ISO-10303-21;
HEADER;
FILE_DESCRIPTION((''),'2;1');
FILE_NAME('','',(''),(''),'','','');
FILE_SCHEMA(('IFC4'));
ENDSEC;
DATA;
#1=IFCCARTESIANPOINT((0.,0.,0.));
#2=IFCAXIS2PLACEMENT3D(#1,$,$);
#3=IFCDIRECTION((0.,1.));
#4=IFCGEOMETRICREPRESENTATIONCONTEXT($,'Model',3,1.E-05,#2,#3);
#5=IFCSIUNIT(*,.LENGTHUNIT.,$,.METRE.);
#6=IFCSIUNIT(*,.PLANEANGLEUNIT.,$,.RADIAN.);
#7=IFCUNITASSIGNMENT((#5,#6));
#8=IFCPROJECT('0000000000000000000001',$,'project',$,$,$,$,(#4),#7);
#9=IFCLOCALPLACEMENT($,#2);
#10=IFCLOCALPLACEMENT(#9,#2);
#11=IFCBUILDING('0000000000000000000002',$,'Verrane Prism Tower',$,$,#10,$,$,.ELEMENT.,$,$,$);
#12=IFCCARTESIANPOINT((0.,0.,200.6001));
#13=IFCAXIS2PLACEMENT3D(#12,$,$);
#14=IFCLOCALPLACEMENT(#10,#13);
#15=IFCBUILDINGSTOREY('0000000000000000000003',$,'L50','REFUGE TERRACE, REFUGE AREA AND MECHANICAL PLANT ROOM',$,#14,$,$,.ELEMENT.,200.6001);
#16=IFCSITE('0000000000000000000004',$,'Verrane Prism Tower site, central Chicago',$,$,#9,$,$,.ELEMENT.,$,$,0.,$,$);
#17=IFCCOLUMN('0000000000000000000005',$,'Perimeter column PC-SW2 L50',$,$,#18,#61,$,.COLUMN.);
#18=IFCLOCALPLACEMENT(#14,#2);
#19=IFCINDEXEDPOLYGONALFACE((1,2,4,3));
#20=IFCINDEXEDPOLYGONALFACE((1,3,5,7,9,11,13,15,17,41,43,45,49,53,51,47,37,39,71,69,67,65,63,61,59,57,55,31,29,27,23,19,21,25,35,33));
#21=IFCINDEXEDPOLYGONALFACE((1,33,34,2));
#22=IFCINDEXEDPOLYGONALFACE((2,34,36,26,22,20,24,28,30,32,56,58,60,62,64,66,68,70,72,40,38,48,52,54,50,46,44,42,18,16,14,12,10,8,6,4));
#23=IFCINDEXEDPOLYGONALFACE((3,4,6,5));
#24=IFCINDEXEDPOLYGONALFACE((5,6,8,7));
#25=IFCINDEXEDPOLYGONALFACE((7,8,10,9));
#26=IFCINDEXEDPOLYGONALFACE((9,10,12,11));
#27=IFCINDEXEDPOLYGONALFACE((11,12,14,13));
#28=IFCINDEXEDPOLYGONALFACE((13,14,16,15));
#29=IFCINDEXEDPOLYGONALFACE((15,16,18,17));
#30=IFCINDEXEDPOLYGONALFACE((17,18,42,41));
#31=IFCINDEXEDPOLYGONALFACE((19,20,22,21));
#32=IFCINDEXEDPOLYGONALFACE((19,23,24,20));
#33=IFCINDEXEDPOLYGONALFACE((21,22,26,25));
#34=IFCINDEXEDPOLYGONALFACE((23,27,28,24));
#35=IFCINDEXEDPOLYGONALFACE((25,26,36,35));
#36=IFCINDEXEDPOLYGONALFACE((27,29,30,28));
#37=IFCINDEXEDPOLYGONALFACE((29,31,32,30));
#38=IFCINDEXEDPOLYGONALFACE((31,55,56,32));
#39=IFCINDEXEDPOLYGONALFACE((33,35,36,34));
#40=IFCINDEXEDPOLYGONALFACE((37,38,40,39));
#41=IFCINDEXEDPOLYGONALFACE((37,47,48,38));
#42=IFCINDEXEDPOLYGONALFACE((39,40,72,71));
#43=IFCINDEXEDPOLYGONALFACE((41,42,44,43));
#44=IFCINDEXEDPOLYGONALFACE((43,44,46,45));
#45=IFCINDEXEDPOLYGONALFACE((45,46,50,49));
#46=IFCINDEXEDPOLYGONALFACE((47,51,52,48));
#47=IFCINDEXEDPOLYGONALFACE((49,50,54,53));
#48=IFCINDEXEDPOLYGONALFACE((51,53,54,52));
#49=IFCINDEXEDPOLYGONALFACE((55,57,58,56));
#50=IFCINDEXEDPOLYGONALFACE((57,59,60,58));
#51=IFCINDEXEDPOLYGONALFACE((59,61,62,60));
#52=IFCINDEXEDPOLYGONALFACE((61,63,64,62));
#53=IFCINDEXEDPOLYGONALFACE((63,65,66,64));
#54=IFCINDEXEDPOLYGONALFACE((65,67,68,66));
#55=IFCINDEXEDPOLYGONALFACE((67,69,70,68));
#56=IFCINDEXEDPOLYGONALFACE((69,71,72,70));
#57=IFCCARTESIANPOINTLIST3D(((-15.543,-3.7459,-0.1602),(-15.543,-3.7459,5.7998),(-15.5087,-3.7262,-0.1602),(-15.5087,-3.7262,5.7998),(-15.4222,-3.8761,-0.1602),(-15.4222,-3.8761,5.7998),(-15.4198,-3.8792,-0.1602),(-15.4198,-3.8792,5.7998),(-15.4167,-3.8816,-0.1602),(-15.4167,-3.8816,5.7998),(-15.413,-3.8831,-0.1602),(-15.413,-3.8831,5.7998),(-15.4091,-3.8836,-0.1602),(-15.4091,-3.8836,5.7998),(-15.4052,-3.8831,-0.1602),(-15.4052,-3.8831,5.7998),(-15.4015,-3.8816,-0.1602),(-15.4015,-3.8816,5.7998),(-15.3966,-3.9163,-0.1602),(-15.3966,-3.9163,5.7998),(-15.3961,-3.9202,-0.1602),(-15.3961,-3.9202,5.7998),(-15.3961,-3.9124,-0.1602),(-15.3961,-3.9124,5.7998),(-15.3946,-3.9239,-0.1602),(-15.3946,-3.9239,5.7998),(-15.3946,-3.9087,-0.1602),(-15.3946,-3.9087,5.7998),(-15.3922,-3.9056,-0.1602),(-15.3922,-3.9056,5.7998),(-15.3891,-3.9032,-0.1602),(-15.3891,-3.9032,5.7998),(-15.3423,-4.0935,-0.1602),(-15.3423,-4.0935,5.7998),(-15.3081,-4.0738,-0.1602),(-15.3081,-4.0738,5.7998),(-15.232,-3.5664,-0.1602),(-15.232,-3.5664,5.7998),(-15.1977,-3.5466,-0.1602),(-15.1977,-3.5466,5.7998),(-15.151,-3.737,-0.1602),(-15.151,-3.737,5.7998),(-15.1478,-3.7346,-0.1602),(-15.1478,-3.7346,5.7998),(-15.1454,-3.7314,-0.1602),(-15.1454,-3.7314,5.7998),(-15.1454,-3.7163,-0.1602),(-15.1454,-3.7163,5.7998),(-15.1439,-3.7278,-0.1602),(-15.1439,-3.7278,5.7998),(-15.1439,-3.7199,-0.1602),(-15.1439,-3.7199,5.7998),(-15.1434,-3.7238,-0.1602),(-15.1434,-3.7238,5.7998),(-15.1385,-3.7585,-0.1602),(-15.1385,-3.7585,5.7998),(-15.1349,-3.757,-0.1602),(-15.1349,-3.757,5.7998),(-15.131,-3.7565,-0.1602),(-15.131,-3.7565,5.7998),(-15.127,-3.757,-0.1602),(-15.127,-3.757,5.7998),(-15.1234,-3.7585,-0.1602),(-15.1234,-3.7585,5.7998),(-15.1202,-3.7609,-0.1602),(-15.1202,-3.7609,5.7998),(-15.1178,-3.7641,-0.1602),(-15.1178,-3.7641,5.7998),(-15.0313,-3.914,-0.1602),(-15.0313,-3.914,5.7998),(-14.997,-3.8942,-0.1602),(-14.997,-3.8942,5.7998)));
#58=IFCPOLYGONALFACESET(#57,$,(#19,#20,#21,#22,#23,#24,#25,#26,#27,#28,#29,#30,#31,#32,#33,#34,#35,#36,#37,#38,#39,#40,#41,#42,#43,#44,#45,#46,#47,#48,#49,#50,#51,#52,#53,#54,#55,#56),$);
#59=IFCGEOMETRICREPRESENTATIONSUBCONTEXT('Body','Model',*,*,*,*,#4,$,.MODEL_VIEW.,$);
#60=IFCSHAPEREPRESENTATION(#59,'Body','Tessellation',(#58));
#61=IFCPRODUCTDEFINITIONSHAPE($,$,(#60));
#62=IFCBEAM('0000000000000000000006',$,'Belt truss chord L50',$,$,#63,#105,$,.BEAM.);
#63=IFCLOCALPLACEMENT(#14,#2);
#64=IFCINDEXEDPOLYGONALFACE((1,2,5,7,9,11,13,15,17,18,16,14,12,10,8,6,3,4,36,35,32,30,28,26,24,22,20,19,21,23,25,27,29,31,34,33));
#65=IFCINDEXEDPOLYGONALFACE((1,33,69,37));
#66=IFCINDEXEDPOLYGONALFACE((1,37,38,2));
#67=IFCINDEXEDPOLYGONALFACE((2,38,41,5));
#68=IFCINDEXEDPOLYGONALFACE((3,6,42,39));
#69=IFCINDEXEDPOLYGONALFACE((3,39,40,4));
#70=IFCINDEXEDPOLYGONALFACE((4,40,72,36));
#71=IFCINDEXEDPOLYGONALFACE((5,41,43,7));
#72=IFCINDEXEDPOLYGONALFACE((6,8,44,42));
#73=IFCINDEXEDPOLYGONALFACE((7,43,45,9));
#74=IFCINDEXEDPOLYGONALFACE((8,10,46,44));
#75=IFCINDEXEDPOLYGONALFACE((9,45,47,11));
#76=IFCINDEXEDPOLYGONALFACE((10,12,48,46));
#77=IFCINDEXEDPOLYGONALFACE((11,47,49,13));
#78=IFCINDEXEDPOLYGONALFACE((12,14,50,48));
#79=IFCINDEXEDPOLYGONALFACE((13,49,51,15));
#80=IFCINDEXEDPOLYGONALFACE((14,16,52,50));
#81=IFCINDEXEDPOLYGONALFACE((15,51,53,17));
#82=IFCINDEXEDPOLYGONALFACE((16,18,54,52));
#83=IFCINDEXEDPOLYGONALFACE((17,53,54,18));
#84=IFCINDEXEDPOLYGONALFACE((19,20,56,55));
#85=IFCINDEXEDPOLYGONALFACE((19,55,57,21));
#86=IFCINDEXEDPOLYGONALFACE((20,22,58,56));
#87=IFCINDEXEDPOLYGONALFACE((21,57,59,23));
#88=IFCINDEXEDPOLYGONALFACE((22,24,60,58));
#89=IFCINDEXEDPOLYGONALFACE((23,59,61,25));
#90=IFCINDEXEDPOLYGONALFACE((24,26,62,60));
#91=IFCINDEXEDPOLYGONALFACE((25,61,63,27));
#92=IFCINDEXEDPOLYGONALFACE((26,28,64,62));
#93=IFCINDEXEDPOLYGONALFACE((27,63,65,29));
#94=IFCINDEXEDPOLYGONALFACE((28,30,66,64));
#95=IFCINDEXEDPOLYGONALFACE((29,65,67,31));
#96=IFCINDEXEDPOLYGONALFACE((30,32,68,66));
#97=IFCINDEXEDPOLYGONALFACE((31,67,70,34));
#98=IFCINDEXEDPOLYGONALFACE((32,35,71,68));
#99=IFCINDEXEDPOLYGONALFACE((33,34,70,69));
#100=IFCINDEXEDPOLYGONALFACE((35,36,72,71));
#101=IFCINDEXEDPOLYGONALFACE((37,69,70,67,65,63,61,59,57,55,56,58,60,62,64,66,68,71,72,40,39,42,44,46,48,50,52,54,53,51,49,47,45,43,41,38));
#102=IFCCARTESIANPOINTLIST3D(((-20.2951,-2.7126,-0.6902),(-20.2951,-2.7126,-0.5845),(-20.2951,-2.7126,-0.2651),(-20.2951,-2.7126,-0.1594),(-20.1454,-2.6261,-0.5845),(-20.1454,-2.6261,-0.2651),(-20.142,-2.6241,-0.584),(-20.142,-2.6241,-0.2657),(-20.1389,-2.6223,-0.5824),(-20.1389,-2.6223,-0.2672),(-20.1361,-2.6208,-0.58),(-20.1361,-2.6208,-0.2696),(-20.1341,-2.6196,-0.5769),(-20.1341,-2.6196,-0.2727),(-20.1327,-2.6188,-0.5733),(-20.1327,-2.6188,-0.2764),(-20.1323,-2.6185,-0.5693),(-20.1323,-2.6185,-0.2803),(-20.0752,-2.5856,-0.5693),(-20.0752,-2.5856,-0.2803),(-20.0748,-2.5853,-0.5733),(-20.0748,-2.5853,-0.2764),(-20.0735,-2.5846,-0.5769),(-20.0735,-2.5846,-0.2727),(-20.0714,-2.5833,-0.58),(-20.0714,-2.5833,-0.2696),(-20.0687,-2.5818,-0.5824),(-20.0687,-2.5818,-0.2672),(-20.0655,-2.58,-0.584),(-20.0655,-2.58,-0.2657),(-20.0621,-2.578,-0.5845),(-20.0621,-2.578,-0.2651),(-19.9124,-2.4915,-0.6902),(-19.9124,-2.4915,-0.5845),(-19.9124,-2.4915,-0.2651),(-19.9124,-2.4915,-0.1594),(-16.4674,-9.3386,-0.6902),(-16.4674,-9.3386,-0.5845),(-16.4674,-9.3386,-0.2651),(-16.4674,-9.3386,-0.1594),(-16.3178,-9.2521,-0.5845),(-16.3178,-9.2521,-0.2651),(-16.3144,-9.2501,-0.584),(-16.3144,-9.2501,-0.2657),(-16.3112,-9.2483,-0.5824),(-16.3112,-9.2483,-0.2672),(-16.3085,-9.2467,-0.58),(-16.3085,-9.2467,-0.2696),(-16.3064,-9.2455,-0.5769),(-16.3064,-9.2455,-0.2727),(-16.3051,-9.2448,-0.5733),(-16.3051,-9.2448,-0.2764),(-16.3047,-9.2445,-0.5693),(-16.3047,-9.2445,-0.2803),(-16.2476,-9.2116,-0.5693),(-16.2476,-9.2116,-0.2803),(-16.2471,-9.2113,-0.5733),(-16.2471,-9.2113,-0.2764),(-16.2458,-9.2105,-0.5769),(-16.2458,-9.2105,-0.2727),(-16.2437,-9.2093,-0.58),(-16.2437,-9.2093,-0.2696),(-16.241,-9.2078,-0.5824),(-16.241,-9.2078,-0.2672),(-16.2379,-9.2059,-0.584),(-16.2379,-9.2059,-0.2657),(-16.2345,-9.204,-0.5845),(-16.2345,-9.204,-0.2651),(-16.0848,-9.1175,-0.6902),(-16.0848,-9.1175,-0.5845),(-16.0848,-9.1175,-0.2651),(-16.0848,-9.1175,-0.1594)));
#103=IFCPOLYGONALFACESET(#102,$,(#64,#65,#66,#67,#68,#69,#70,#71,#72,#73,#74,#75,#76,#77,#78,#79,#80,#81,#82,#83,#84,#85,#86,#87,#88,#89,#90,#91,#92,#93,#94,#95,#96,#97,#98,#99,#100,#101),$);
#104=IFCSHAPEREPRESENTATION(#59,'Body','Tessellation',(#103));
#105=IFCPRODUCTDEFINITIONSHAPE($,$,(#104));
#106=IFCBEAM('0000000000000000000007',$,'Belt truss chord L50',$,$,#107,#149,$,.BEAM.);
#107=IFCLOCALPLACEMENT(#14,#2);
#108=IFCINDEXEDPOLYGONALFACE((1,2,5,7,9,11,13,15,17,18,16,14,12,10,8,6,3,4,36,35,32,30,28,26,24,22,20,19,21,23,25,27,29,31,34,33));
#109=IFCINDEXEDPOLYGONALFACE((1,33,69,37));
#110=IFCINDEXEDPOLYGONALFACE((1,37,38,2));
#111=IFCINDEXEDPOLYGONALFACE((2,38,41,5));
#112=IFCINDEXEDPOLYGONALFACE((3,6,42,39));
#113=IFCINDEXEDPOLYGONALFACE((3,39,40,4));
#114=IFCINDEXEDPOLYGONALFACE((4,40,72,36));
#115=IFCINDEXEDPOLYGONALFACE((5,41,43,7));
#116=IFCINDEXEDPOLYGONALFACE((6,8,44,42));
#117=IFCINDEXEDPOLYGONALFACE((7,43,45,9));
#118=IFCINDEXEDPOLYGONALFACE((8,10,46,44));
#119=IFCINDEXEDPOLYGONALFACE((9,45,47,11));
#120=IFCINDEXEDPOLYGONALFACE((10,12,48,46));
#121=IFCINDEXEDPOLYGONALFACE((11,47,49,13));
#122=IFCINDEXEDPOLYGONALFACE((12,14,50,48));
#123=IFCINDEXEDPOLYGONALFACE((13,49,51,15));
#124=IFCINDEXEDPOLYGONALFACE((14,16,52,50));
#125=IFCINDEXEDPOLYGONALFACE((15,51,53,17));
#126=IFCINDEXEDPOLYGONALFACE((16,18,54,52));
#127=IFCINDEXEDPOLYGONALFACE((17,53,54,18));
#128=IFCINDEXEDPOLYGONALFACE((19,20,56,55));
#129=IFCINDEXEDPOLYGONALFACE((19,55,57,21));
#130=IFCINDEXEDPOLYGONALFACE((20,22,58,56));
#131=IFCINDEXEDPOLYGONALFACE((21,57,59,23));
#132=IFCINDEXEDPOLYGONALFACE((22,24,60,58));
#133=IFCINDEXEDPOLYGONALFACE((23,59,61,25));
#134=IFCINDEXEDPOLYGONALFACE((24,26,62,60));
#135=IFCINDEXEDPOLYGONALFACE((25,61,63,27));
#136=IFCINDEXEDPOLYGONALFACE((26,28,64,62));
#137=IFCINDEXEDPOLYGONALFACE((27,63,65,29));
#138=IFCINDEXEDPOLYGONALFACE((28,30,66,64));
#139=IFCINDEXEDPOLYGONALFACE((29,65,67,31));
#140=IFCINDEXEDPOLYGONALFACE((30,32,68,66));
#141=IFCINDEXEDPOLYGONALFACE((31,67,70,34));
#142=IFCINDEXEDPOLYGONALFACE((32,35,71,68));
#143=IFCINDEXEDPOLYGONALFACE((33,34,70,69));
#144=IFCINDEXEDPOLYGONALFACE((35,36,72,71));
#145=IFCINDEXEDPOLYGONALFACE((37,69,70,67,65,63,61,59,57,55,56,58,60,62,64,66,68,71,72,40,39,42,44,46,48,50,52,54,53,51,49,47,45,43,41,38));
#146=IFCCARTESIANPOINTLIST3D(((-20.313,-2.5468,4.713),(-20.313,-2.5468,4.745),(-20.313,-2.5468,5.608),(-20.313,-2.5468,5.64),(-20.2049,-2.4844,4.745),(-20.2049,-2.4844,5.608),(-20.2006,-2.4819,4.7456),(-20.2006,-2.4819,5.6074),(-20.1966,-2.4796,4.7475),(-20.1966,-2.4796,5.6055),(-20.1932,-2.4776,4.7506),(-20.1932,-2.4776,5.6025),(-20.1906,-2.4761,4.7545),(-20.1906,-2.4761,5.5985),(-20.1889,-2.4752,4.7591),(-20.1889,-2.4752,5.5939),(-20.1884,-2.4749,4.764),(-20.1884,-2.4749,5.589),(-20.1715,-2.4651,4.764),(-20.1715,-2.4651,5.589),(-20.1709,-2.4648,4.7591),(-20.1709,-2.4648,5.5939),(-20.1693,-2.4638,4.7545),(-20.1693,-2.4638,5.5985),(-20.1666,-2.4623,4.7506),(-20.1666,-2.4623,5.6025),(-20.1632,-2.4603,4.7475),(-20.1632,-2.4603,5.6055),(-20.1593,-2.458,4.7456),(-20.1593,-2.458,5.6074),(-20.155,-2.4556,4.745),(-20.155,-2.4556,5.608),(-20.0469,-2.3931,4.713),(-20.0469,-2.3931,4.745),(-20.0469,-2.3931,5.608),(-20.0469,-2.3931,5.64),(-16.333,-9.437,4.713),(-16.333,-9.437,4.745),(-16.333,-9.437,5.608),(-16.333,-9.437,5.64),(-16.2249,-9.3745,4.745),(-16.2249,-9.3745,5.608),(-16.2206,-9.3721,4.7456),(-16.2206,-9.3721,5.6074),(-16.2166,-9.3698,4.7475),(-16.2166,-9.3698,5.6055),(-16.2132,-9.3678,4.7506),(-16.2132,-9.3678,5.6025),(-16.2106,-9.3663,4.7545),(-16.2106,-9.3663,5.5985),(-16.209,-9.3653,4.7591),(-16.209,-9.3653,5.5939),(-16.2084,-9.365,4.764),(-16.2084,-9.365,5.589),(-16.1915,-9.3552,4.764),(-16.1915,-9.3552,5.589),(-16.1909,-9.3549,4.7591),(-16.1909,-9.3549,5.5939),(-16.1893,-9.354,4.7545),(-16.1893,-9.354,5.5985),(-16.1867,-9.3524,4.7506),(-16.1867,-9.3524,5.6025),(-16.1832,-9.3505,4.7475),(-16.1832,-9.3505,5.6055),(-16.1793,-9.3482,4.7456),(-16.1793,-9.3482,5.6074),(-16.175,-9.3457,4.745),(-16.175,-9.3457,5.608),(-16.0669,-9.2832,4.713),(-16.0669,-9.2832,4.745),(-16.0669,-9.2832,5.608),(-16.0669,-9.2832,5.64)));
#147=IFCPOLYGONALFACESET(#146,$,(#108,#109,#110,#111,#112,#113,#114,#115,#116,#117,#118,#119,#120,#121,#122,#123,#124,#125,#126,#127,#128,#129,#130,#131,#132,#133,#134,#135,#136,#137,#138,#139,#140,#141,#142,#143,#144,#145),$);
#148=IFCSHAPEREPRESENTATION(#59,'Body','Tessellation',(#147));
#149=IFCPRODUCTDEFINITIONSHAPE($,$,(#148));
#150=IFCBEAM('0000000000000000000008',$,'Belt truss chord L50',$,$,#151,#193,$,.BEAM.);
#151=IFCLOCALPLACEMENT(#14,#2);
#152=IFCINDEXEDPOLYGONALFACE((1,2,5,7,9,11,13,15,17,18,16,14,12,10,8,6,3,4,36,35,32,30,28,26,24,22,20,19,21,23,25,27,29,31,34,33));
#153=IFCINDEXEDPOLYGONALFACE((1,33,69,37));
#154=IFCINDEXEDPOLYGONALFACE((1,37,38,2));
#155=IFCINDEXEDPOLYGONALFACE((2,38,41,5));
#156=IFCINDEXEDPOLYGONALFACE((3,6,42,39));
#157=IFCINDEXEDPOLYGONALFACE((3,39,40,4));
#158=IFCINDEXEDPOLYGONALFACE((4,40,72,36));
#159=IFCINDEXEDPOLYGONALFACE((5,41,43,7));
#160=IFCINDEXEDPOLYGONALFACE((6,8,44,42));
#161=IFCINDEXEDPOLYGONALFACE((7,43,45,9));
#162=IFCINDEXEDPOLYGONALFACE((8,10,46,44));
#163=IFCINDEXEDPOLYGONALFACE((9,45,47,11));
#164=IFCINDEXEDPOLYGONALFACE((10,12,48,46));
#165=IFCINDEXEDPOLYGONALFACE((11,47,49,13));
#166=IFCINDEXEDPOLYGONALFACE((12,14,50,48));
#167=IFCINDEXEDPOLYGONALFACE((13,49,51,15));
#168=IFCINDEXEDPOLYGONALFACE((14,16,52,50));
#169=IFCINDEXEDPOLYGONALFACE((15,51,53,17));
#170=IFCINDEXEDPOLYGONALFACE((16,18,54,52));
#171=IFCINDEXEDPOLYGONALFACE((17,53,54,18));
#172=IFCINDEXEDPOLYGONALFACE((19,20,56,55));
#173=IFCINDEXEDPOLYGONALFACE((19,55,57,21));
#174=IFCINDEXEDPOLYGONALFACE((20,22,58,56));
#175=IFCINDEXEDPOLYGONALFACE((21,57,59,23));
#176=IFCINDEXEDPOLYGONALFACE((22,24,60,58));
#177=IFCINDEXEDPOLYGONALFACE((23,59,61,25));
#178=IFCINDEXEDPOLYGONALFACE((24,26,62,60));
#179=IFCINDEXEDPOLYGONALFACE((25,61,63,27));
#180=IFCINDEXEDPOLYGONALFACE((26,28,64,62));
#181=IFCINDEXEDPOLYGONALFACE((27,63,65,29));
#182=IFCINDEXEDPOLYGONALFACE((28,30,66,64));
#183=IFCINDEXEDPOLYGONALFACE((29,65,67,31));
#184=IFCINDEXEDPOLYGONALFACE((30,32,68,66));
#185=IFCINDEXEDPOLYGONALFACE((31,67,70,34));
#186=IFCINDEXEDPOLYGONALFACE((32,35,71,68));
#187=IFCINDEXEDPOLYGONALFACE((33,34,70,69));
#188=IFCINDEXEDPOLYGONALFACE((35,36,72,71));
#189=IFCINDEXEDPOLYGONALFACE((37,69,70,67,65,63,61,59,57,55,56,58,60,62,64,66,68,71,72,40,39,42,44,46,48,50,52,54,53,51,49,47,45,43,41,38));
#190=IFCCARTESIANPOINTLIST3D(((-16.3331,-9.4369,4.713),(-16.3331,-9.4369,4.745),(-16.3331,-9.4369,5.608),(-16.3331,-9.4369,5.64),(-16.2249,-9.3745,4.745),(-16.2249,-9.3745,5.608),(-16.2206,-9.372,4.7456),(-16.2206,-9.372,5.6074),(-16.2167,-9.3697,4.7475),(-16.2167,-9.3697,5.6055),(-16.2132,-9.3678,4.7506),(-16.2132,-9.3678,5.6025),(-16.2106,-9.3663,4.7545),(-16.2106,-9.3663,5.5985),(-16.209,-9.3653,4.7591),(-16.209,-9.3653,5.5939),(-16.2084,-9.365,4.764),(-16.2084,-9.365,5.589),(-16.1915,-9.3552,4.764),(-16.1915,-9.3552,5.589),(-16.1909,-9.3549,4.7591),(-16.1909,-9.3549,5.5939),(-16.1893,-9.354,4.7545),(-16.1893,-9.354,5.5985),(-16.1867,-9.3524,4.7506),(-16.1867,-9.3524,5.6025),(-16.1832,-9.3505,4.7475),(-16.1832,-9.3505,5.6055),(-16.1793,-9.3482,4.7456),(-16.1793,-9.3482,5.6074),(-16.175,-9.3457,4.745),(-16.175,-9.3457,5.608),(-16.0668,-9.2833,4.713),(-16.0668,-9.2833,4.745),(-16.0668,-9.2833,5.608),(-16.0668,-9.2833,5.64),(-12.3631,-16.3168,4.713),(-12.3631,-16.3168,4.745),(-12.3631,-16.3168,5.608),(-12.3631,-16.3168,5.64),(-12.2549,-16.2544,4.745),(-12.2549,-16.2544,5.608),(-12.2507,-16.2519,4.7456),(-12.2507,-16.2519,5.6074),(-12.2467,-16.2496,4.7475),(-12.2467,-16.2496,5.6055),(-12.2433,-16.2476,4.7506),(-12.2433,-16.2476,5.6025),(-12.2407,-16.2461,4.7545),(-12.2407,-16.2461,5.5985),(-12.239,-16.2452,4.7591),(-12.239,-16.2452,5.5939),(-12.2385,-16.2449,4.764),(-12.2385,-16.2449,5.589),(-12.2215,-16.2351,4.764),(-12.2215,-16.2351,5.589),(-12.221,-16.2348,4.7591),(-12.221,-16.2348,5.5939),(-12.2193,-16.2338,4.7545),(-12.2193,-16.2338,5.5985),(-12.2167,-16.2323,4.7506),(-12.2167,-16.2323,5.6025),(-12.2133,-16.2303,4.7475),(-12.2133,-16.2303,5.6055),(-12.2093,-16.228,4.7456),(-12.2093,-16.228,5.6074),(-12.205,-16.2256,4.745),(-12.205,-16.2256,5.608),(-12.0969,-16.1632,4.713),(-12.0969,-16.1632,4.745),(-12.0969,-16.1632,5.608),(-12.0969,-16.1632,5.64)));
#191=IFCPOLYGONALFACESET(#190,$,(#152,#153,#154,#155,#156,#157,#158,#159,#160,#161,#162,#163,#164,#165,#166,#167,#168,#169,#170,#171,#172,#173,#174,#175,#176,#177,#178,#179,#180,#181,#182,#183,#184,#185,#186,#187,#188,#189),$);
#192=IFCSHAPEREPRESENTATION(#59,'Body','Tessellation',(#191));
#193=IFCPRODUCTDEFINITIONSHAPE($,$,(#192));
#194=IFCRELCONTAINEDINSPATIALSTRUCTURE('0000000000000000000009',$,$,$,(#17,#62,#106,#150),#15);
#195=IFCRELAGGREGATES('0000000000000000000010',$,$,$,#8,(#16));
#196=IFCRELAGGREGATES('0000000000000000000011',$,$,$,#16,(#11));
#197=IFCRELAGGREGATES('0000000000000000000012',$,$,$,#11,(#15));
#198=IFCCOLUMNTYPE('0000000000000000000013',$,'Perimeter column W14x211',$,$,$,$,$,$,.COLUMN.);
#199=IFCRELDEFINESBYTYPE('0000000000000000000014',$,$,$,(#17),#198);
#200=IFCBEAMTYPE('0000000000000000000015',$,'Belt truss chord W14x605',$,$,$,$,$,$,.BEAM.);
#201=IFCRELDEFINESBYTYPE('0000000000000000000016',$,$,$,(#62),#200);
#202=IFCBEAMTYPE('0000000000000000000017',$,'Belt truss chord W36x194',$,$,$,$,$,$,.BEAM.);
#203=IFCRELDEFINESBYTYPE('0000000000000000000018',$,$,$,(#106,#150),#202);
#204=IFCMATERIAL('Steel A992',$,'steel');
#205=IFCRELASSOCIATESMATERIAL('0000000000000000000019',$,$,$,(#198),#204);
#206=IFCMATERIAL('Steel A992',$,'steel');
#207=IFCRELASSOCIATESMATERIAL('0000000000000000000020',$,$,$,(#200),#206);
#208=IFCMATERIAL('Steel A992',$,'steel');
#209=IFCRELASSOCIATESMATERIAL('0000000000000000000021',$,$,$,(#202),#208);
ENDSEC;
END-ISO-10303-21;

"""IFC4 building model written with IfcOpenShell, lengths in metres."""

from ifc_helpers import new_model, si_unit, direction, frame, origin, origin_2d, place, context, subcontext, project, spatial, i_section, extrude, material, material_profile, profile_set, type_object, element, save


model = new_model("IFC4")

# Units and contexts
model_context = context("Model", 3, precision=1e-05, world=origin(), true_north=direction((0.0, 1.0)))
body_context = subcontext(model_context, "Body", "Model", "MODEL_VIEW")
ifc_project = project(units=[si_unit("LENGTHUNIT", "METRE"), si_unit("PLANEANGLEUNIT", "RADIAN")], contexts=[model_context])

# Site, building, storey
site_placement = place(None, origin())
site = spatial("IfcSite", under=ifc_project, at=site_placement, Name="Verrane Prism Tower site, central Chicago", CompositionType="ELEMENT", RefElevation=0.0)
building_placement = place(site_placement, origin())
building = spatial("IfcBuilding", under=site, at=building_placement, Name="Verrane Prism Tower", CompositionType="ELEMENT")
storey_placement = place(building_placement, frame((0.0, 0.0, 200.6001)))
storey = spatial("IfcBuildingStorey", under=building, at=storey_placement, Name="L50", Description="REFUGE TERRACE, REFUGE AREA AND MECHANICAL PLANT ROOM", CompositionType="ELEMENT", Elevation=200.6001)

# Column
ifc_material_1 = material(Name="Steel A992", Category="steel")
ifc_material_profile_1 = material_profile(ifc_material_1, i_section(OverallWidth=0.4014, OverallDepth=0.3987, WebThickness=0.0249, FlangeThickness=0.0396, FilletRadius=0.0151, at=origin_2d()), Name="W14x211")
ifc_profile_set_1 = profile_set([ifc_material_profile_1], Name="Steel A992")
column_type_1 = type_object("IfcColumnType", Name="Perimeter column W14x211", PredefinedType="COLUMN", material=ifc_profile_set_1)
for number, where, z_axis, x_axis, name in (
    (1, (-15.27, -3.8201, -0.1602), (0.0, 0.0, 1.0), (-0.5, 0.866025, 0.0), "Perimeter column PC-SW2 L50"),
):
    element("IfcColumn", number, at=place(storey_placement, frame(where, z_axis=z_axis, x_axis=x_axis)), inside=storey, type_object=column_type_1, Name=name, PredefinedType="COLUMN", context=body_context, shape_type="SweptSolid", body=[
        extrude(i_section(OverallWidth=0.4014, OverallDepth=0.3987, WebThickness=0.0249, FlangeThickness=0.0396, FilletRadius=0.0151, at=origin_2d()), origin(), (0.0, 0.0, 1.0), 5.96),
    ])

# Beams
ifc_material_2 = material(Name="Steel A992", Category="steel")
ifc_material_profile_2 = material_profile(ifc_material_2, i_section(OverallWidth=0.4419, OverallDepth=0.5308, WebThickness=0.0659, FlangeThickness=0.1057, FilletRadius=0.0151, at=origin_2d()), Name="W14x605")
ifc_profile_set_2 = profile_set([ifc_material_profile_2], Name="Steel A992")
beam_type_1 = type_object("IfcBeamType", Name="Belt truss chord W14x605", PredefinedType="BEAM", material=ifc_profile_set_2)
beam_1_placement = place(storey_placement, frame((-20.1038, -2.6021, -0.4248), z_axis=(0.500208, -0.865905, 0.0), x_axis=(0.865905, 0.500208, 0.0)))
element("IfcBeam", 2, at=beam_1_placement, inside=storey, type_object=beam_type_1, Name="Belt truss chord L50", PredefinedType="BEAM", context=body_context, shape_type="SweptSolid", body=[
    extrude(i_section(OverallWidth=0.4419, OverallDepth=0.5308, WebThickness=0.0659, FlangeThickness=0.1057, FilletRadius=0.0151, at=origin_2d()), origin(), (0.0, 0.0, 1.0), 7.6521),
])
ifc_material_3 = material(Name="Steel A992", Category="steel")
ifc_material_profile_3 = material_profile(ifc_material_3, i_section(OverallWidth=0.3074, OverallDepth=0.927, WebThickness=0.0195, FlangeThickness=0.032, FilletRadius=0.019, at=origin_2d()), Name="W36x194")
ifc_profile_set_3 = profile_set([ifc_material_profile_3], Name="Steel A992")
beam_type_2 = type_object("IfcBeamType", Name="Belt truss chord W36x194", PredefinedType="BEAM", material=ifc_profile_set_3)
beam_2_placement = place(storey_placement, frame((-20.1799, -2.47, 5.1765), z_axis=(0.500185, -0.865919, 0.0), x_axis=(0.865919, 0.500185, 0.0)))
element("IfcBeam", 3, at=beam_2_placement, inside=storey, type_object=beam_type_2, Name="Belt truss chord L50", PredefinedType="BEAM", context=body_context, shape_type="SweptSolid", body=[
    extrude(i_section(OverallWidth=0.3074, OverallDepth=0.927, WebThickness=0.0195, FlangeThickness=0.032, FilletRadius=0.019, at=origin_2d()), origin(), (0.0, 0.0, 1.0), 7.957),
])
beam_3_placement = place(storey_placement, frame((-16.2, -9.3601, 5.1765), z_axis=(0.499799, -0.866142, 0.0), x_axis=(0.866142, 0.499799, 0.0)))
element("IfcBeam", 4, at=beam_3_placement, inside=storey, type_object=beam_type_2, Name="Belt truss chord L50", PredefinedType="BEAM", context=body_context, shape_type="SweptSolid", body=[
    extrude(i_section(OverallWidth=0.3074, OverallDepth=0.927, WebThickness=0.0195, FlangeThickness=0.032, FilletRadius=0.019, at=origin_2d()), origin(), (0.0, 0.0, 1.0), 7.9431),
])

save(model, "model.ifc")
